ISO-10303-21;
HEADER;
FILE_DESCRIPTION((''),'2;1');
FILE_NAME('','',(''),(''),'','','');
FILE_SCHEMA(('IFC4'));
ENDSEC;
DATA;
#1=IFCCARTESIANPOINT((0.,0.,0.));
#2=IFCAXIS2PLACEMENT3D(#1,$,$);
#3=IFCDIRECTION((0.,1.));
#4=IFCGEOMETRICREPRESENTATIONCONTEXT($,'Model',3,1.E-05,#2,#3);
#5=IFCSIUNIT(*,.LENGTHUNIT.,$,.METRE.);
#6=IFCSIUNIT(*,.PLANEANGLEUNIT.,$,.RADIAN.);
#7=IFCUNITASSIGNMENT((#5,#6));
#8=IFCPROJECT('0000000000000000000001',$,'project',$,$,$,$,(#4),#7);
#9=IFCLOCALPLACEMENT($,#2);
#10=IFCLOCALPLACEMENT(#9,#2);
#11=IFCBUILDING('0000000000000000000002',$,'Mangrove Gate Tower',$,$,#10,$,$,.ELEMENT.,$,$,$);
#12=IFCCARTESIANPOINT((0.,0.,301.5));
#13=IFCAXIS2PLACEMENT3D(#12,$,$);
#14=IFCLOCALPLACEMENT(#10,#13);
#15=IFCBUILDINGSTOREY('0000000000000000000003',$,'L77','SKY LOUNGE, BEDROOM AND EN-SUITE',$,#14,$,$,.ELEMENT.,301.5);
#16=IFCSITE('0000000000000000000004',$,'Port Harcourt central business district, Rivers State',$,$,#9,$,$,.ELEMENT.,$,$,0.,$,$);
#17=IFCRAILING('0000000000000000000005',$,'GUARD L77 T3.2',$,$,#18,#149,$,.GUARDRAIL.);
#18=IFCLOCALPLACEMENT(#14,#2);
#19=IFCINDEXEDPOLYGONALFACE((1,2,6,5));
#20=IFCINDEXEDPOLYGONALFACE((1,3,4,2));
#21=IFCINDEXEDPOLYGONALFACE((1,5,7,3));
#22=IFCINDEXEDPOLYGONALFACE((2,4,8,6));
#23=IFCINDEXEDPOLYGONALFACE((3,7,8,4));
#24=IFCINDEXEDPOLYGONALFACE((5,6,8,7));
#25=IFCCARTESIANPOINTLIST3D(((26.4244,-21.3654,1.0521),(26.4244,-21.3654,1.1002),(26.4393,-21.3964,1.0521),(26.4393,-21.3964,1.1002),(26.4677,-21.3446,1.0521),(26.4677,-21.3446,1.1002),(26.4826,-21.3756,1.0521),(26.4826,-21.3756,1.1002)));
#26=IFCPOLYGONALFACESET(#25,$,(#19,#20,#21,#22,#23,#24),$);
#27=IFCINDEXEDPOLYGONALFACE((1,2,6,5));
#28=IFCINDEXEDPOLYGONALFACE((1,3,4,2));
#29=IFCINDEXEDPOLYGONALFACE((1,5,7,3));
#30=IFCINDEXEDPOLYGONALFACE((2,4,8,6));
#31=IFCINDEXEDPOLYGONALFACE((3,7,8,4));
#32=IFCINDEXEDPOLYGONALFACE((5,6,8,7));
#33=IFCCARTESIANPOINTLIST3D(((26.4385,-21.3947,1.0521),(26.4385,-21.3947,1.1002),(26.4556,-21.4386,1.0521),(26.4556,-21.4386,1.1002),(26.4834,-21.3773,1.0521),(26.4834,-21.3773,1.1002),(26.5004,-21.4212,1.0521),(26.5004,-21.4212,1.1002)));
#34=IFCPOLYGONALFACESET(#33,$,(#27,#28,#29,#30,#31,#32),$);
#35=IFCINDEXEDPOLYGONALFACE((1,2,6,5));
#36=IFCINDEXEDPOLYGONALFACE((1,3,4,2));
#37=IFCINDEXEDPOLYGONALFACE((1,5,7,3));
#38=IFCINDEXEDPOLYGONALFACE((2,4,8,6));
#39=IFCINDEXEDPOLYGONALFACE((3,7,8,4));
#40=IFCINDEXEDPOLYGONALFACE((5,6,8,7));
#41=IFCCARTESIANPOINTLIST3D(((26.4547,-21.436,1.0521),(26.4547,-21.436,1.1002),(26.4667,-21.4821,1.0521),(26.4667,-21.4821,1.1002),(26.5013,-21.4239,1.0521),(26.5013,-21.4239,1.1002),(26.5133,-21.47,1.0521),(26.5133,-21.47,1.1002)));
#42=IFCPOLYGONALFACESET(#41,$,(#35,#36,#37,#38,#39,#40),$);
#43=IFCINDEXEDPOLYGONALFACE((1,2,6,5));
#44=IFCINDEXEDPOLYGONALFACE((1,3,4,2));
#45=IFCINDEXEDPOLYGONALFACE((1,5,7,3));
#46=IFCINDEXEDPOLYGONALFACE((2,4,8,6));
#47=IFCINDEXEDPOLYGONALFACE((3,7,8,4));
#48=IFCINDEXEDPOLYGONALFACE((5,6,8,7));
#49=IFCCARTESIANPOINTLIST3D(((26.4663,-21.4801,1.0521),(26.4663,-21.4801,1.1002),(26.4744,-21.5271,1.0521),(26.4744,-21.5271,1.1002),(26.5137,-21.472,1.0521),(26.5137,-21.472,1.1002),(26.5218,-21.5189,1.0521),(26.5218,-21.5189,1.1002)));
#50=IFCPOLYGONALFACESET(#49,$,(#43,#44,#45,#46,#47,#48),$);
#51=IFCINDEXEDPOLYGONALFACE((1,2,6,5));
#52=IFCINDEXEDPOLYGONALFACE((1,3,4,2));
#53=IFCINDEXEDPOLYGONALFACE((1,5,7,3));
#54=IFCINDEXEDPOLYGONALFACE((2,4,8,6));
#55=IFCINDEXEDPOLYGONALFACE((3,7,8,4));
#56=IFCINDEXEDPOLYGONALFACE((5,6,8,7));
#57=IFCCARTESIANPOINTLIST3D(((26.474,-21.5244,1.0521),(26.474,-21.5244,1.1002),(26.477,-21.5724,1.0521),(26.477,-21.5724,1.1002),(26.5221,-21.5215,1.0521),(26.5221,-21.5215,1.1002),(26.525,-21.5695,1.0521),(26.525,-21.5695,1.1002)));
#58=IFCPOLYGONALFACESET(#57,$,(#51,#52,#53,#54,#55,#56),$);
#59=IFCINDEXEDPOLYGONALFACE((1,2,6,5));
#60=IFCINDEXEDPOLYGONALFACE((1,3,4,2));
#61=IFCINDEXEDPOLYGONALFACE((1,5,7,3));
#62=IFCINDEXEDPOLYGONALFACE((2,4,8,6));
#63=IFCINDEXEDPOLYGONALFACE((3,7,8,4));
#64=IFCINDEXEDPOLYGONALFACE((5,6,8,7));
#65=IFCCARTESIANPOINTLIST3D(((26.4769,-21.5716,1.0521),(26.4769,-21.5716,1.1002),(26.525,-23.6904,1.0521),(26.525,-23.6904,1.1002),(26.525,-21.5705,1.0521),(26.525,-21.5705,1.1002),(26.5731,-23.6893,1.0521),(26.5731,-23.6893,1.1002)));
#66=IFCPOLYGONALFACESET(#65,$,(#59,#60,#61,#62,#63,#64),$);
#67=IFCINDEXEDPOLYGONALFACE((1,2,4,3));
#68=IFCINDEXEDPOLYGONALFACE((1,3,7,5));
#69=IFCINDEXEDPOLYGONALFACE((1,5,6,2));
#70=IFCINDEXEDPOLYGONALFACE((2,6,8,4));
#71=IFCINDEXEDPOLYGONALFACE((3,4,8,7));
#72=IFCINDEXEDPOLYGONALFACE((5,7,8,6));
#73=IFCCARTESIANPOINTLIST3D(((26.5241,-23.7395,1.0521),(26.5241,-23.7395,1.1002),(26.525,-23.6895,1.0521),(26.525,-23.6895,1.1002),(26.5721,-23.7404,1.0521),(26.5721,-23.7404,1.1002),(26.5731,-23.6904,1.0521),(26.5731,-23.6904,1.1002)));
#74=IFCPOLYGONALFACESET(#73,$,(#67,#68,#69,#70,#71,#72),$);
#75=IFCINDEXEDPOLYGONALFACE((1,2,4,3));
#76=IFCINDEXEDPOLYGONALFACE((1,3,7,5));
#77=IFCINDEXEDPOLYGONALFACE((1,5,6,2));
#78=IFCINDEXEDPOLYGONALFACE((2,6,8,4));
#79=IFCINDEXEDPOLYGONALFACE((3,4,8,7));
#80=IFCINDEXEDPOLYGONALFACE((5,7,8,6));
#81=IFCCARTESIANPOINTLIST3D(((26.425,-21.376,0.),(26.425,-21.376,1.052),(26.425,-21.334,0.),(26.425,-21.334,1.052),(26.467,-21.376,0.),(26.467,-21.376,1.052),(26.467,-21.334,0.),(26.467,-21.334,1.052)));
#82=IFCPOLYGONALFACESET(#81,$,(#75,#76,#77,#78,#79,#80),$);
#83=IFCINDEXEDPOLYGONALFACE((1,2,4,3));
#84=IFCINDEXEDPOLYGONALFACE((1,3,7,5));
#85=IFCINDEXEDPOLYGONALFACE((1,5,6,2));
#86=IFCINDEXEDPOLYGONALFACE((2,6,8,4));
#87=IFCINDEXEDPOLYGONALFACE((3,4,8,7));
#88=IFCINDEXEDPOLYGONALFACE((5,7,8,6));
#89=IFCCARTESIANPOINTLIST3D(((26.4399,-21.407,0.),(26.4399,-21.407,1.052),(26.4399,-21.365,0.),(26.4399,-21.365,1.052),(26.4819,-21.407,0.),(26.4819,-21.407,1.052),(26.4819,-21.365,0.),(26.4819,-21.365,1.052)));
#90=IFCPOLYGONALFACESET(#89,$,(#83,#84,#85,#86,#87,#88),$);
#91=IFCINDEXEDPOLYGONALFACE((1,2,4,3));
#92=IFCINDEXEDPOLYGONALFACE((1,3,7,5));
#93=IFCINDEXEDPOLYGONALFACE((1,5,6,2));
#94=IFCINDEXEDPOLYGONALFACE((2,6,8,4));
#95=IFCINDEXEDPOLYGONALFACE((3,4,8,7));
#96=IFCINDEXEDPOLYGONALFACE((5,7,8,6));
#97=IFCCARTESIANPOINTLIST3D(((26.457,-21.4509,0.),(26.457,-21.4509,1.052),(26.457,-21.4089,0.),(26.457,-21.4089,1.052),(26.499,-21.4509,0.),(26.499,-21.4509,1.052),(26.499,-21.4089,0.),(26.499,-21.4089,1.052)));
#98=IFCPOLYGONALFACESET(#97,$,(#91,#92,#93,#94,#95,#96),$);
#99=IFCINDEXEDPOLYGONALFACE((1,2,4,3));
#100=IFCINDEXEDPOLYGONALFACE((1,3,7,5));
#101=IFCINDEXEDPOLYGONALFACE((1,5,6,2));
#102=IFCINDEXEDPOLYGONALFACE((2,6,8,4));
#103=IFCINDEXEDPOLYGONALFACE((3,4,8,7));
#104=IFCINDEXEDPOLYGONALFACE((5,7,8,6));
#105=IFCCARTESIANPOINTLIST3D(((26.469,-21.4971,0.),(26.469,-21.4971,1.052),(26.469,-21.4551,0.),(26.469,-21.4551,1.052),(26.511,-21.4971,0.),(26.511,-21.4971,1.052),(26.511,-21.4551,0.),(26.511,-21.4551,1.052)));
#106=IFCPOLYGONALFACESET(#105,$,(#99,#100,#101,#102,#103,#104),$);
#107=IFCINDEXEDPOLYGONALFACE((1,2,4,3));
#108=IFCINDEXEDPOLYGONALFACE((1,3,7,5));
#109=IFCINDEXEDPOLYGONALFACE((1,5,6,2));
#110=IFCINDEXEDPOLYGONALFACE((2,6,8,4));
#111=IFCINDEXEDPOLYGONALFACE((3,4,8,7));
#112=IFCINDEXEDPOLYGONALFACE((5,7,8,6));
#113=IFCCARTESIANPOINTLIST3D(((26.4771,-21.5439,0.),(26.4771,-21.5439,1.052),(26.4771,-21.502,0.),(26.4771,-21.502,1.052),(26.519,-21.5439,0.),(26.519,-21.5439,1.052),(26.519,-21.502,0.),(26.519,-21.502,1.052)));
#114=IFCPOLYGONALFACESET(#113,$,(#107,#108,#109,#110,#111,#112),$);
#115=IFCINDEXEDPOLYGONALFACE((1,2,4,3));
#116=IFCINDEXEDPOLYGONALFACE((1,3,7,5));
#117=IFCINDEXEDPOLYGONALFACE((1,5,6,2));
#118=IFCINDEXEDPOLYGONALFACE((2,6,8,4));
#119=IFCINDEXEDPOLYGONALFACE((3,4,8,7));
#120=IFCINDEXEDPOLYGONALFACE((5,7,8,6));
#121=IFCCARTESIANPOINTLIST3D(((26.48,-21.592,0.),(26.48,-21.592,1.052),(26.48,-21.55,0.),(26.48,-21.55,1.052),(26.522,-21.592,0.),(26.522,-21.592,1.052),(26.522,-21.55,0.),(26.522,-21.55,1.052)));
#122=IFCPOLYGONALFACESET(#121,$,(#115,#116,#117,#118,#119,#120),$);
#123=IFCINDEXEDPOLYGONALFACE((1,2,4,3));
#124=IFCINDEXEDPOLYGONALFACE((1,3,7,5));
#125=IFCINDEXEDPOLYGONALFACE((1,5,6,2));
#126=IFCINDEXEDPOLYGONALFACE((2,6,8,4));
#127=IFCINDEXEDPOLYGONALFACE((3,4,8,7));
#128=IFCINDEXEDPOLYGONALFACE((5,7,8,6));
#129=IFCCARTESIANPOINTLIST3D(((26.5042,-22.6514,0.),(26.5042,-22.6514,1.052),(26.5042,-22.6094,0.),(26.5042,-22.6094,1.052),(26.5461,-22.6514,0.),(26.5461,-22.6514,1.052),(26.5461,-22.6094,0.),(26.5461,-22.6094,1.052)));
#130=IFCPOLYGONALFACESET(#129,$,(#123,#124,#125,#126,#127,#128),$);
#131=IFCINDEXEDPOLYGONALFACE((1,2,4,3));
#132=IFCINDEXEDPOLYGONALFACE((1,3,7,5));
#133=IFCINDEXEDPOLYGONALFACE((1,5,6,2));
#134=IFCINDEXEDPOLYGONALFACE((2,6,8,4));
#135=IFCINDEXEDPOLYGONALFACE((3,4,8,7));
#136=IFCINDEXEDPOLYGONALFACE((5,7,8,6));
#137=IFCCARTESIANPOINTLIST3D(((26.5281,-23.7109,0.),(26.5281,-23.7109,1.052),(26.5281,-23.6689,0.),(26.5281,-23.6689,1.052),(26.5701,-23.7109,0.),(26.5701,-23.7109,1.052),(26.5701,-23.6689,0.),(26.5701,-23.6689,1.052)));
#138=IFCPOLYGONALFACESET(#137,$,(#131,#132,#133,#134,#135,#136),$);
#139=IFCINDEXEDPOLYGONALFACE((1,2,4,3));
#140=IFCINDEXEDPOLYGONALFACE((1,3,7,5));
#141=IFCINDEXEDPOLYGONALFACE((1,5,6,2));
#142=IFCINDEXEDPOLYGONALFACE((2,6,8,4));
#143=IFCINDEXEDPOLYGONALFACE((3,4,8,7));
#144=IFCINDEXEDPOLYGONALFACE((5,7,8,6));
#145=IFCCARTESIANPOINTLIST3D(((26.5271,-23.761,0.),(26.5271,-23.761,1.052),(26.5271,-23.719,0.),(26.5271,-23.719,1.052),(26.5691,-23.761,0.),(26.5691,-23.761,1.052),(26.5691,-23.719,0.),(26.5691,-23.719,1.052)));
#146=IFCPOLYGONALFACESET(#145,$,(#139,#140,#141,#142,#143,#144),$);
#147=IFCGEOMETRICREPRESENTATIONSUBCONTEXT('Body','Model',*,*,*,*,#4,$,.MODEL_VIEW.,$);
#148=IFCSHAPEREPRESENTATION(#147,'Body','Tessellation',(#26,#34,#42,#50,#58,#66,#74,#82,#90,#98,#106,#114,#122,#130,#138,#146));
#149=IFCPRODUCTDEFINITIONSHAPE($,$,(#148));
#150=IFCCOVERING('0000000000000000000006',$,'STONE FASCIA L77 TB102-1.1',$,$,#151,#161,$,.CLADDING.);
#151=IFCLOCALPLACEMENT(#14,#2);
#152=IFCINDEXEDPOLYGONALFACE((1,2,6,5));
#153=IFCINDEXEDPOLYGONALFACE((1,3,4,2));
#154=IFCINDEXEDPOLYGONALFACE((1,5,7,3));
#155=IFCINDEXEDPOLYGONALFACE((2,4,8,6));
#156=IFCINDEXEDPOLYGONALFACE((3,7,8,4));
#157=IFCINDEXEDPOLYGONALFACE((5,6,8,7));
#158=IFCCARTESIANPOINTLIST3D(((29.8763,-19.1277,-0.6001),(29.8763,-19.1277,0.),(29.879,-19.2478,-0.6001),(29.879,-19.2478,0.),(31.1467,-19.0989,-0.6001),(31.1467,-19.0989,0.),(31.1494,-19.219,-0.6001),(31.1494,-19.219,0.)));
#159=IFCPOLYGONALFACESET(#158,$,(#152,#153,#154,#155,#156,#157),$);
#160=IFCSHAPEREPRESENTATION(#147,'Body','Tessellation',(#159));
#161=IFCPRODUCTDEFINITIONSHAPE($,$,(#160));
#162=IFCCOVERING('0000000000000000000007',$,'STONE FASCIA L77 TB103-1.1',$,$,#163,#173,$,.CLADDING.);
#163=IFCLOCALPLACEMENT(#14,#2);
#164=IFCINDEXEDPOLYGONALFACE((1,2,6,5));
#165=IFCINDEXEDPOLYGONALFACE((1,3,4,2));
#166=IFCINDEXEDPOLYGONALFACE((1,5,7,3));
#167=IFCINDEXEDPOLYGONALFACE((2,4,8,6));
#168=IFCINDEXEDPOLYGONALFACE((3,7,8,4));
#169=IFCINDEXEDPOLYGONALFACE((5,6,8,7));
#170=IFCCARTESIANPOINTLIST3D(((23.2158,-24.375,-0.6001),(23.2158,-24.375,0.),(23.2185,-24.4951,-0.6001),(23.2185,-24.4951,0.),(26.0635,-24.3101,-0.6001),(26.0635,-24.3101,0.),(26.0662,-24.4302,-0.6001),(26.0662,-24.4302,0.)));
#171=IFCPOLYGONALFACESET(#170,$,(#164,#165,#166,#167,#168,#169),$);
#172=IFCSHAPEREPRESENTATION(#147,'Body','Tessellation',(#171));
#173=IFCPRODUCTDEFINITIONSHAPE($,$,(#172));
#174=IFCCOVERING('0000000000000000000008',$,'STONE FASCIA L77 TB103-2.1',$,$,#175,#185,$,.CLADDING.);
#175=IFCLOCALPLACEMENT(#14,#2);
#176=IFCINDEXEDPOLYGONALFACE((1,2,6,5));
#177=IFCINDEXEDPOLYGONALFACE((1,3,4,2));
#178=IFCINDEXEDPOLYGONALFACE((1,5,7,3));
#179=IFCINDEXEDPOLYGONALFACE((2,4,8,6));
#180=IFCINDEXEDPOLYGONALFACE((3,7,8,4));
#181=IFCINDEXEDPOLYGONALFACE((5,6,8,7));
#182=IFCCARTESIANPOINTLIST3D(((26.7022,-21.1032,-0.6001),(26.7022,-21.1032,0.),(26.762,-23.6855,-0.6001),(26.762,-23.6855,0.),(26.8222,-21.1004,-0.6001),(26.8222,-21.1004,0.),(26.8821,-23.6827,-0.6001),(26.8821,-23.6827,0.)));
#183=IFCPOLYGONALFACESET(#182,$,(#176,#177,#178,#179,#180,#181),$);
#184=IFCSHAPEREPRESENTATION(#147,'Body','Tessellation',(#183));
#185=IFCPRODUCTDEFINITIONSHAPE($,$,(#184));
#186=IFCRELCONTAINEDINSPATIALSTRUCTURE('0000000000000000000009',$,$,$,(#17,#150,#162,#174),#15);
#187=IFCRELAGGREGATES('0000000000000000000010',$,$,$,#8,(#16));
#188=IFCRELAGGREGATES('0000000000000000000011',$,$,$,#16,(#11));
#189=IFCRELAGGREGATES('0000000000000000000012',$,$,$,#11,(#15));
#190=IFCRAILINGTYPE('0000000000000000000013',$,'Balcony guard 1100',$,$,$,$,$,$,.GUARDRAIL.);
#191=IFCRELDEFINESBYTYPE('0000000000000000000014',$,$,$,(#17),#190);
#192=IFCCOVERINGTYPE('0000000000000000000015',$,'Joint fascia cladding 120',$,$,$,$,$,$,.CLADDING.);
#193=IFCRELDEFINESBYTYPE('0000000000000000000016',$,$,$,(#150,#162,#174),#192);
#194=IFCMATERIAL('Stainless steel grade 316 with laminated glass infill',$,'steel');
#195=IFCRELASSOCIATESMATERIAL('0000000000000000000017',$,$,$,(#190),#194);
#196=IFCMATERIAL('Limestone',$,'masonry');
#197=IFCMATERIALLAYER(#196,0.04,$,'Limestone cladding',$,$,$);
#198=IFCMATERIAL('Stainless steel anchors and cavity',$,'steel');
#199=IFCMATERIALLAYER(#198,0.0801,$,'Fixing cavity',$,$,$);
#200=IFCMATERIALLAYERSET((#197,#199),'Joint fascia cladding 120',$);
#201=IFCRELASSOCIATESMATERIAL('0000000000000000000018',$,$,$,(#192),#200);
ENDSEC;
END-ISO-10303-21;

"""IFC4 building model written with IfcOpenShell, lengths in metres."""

from ifc_helpers import new_model, si_unit, direction, frame, frame_2d, origin, origin_2d, place, context, subcontext, project, spatial, rectangle, extrude, material, layer, layer_set, type_object, element, save


model = new_model("IFC4")

# Units and contexts
model_context = context("Model", 3, precision=1e-05, world=origin(), true_north=direction((0.0, 1.0)))
body_context = subcontext(model_context, "Body", "Model", "MODEL_VIEW")
ifc_project = project(units=[si_unit("LENGTHUNIT", "METRE"), si_unit("PLANEANGLEUNIT", "RADIAN")], contexts=[model_context])

# Site, building, storey
site_placement = place(None, origin())
site = spatial("IfcSite", under=ifc_project, at=site_placement, Name="Port Harcourt central business district, Rivers State", CompositionType="ELEMENT", RefElevation=0.0)
building_placement = place(site_placement, origin())
building = spatial("IfcBuilding", under=site, at=building_placement, Name="Mangrove Gate Tower", CompositionType="ELEMENT")
storey_placement = place(building_placement, frame((0.0, 0.0, 301.5)))
storey = spatial("IfcBuildingStorey", under=building, at=storey_placement, Name="L77", Description="SKY LOUNGE, BEDROOM AND EN-SUITE", CompositionType="ELEMENT", Elevation=301.5)

# Shared definitions
ifc_material_1 = material(Name="Limestone", Category="masonry")

# Railing
ifc_material_2 = material(Name="Stainless steel grade 316 with laminated glass infill", Category="steel")
railing_type = type_object("IfcRailingType", Name="Balcony guard 1100", PredefinedType="GUARDRAIL", material=ifc_material_2)
railing_1_placement = place(storey_placement, frame((26.446, -21.355, 0.0)))
element("IfcRailing", 1, at=railing_1_placement, inside=storey, type_object=railing_type, Name="GUARD L77 T3.2", PredefinedType="GUARDRAIL", context=body_context, shape_type="SweptSolid", body=[
    extrude(rectangle(XDim=0.0481, YDim=0.0481, at=origin_2d()), frame((0.0, 0.0, 1.0762), z_axis=(0.432962, -0.901412, 0.0), x_axis=(0.901412, 0.432962, 0.0)), (0.0, 0.0, 1.0), 0.0344),
    extrude(rectangle(XDim=0.0481, YDim=0.0481, at=origin_2d()), frame((0.0149, -0.031, 1.0762), z_axis=(0.362446, -0.932005, 0.0), x_axis=(0.932005, 0.362446, 0.0)), (0.0, 0.0, 1.0), 0.0471),
    extrude(rectangle(XDim=0.0481, YDim=0.0481, at=origin_2d()), frame((0.032, -0.075, 1.0762), z_axis=(0.250962, -0.967997, 0.0), x_axis=(0.967997, 0.250962, 0.0)), (0.0, 0.0, 1.0), 0.0476),
    extrude(rectangle(XDim=0.0481, YDim=0.0481, at=origin_2d()), frame((0.0439, -0.1211, 1.0762), z_axis=(0.169391, -0.985549, 0.0), x_axis=(0.985549, 0.169391, 0.0)), (0.0, 0.0, 1.0), 0.0476),
    extrude(rectangle(XDim=0.0481, YDim=0.0481, at=origin_2d()), frame((0.052, -0.168, 1.0762), z_axis=(0.060801, -0.99815, 0.0), x_axis=(0.99815, 0.060801, 0.0)), (0.0, 0.0, 1.0), 0.0481),
    extrude(rectangle(XDim=0.0481, YDim=0.0481, at=origin_2d()), frame((0.0549, -0.2161, 1.0762), z_axis=(0.022693, -0.999742, 0.0), x_axis=(0.999742, 0.022693, 0.0)), (0.0, 0.0, 1.0), 2.1194),
    extrude(rectangle(XDim=0.0481, YDim=0.0481, at=origin_2d()), frame((0.103, -2.335, 1.0762), z_axis=(-0.019508, -0.99981, 0.0), x_axis=(0.99981, -0.019508, 0.0)), (0.0, 0.0, 1.0), 0.05),
    extrude(rectangle(XDim=0.042, YDim=0.042, at=origin_2d()), origin(), (0.0, 0.0, 1.0), 1.052),
    extrude(rectangle(XDim=0.042, YDim=0.042, at=origin_2d()), frame((0.0149, -0.031, 0.0)), (0.0, 0.0, 1.0), 1.052),
    extrude(rectangle(XDim=0.042, YDim=0.042, at=origin_2d()), frame((0.032, -0.075, 0.0)), (0.0, 0.0, 1.0), 1.052),
    extrude(rectangle(XDim=0.042, YDim=0.042, at=origin_2d()), frame((0.0439, -0.1211, 0.0)), (0.0, 0.0, 1.0), 1.052),
    extrude(rectangle(XDim=0.042, YDim=0.042, at=origin_2d()), frame((0.052, -0.168, 0.0)), (0.0, 0.0, 1.0), 1.052),
    extrude(rectangle(XDim=0.042, YDim=0.042, at=origin_2d()), frame((0.0549, -0.2161, 0.0)), (0.0, 0.0, 1.0), 1.052),
    extrude(rectangle(XDim=0.042, YDim=0.042, at=origin_2d()), frame((0.0791, -1.2754, 0.0)), (0.0, 0.0, 1.0), 1.052),
    extrude(rectangle(XDim=0.042, YDim=0.042, at=origin_2d()), frame((0.103, -2.335, 0.0)), (0.0, 0.0, 1.0), 1.052),
    extrude(rectangle(XDim=0.042, YDim=0.042, at=origin_2d()), frame((0.1021, -2.385, 0.0)), (0.0, 0.0, 1.0), 1.052),
])

# Coverings
ifc_layer_1 = layer(ifc_material_1, 0.04, Name="Limestone cladding")
ifc_material_3 = material(Name="Stainless steel anchors and cavity", Category="steel")
ifc_layer_2 = layer(ifc_material_3, 0.0801, Name="Fixing cavity")
ifc_layer_set_1 = layer_set([ifc_layer_1, ifc_layer_2], Name="Joint fascia cladding 120")
covering_type = type_object("IfcCoveringType", Name="Joint fascia cladding 120", PredefinedType="CLADDING", material=ifc_layer_set_1)
covering_1_placement = place(storey_placement, frame((31.1479, -19.1589, -0.6001), z_axis=(0.0, 0.0, 1.0), x_axis=(-0.999743, -0.022669, 0.0)))
element("IfcCovering", 2, at=covering_1_placement, inside=storey, type_object=covering_type, Name="STONE FASCIA L77 TB102-1.1", PredefinedType="CLADDING", context=body_context, shape_type="SweptSolid", body=[
    extrude(rectangle(XDim=1.2708, YDim=0.1201, at=frame_2d((0.6353, 0.0))), origin(), (0.0, 0.0, 1.0), 0.6001),
])
covering_2_placement = place(storey_placement, frame((26.0649, -24.3701, -0.6001), z_axis=(0.0, 0.0, 1.0), x_axis=(-0.99974, -0.022799, 0.0)))
element("IfcCovering", 3, at=covering_2_placement, inside=storey, type_object=covering_type, Name="STONE FASCIA L77 TB103-1.1", PredefinedType="CLADDING", context=body_context, shape_type="SweptSolid", body=[
    extrude(rectangle(XDim=2.8484, YDim=0.1201, at=frame_2d((1.4243, 0.0))), origin(), (0.0, 0.0, 1.0), 0.6001),
])
covering_3_placement = place(storey_placement, frame((26.7622, -21.1018, -0.6001), z_axis=(0.0, 0.0, 1.0), x_axis=(0.023157, -0.999732, 0.0)))
element("IfcCovering", 4, at=covering_3_placement, inside=storey, type_object=covering_type, Name="STONE FASCIA L77 TB103-2.1", PredefinedType="CLADDING", context=body_context, shape_type="SweptSolid", body=[
    extrude(rectangle(XDim=2.583, YDim=0.1201, at=frame_2d((1.2915, 0.0))), origin(), (0.0, 0.0, 1.0), 0.6001),
])

save(model, "model.ifc")
